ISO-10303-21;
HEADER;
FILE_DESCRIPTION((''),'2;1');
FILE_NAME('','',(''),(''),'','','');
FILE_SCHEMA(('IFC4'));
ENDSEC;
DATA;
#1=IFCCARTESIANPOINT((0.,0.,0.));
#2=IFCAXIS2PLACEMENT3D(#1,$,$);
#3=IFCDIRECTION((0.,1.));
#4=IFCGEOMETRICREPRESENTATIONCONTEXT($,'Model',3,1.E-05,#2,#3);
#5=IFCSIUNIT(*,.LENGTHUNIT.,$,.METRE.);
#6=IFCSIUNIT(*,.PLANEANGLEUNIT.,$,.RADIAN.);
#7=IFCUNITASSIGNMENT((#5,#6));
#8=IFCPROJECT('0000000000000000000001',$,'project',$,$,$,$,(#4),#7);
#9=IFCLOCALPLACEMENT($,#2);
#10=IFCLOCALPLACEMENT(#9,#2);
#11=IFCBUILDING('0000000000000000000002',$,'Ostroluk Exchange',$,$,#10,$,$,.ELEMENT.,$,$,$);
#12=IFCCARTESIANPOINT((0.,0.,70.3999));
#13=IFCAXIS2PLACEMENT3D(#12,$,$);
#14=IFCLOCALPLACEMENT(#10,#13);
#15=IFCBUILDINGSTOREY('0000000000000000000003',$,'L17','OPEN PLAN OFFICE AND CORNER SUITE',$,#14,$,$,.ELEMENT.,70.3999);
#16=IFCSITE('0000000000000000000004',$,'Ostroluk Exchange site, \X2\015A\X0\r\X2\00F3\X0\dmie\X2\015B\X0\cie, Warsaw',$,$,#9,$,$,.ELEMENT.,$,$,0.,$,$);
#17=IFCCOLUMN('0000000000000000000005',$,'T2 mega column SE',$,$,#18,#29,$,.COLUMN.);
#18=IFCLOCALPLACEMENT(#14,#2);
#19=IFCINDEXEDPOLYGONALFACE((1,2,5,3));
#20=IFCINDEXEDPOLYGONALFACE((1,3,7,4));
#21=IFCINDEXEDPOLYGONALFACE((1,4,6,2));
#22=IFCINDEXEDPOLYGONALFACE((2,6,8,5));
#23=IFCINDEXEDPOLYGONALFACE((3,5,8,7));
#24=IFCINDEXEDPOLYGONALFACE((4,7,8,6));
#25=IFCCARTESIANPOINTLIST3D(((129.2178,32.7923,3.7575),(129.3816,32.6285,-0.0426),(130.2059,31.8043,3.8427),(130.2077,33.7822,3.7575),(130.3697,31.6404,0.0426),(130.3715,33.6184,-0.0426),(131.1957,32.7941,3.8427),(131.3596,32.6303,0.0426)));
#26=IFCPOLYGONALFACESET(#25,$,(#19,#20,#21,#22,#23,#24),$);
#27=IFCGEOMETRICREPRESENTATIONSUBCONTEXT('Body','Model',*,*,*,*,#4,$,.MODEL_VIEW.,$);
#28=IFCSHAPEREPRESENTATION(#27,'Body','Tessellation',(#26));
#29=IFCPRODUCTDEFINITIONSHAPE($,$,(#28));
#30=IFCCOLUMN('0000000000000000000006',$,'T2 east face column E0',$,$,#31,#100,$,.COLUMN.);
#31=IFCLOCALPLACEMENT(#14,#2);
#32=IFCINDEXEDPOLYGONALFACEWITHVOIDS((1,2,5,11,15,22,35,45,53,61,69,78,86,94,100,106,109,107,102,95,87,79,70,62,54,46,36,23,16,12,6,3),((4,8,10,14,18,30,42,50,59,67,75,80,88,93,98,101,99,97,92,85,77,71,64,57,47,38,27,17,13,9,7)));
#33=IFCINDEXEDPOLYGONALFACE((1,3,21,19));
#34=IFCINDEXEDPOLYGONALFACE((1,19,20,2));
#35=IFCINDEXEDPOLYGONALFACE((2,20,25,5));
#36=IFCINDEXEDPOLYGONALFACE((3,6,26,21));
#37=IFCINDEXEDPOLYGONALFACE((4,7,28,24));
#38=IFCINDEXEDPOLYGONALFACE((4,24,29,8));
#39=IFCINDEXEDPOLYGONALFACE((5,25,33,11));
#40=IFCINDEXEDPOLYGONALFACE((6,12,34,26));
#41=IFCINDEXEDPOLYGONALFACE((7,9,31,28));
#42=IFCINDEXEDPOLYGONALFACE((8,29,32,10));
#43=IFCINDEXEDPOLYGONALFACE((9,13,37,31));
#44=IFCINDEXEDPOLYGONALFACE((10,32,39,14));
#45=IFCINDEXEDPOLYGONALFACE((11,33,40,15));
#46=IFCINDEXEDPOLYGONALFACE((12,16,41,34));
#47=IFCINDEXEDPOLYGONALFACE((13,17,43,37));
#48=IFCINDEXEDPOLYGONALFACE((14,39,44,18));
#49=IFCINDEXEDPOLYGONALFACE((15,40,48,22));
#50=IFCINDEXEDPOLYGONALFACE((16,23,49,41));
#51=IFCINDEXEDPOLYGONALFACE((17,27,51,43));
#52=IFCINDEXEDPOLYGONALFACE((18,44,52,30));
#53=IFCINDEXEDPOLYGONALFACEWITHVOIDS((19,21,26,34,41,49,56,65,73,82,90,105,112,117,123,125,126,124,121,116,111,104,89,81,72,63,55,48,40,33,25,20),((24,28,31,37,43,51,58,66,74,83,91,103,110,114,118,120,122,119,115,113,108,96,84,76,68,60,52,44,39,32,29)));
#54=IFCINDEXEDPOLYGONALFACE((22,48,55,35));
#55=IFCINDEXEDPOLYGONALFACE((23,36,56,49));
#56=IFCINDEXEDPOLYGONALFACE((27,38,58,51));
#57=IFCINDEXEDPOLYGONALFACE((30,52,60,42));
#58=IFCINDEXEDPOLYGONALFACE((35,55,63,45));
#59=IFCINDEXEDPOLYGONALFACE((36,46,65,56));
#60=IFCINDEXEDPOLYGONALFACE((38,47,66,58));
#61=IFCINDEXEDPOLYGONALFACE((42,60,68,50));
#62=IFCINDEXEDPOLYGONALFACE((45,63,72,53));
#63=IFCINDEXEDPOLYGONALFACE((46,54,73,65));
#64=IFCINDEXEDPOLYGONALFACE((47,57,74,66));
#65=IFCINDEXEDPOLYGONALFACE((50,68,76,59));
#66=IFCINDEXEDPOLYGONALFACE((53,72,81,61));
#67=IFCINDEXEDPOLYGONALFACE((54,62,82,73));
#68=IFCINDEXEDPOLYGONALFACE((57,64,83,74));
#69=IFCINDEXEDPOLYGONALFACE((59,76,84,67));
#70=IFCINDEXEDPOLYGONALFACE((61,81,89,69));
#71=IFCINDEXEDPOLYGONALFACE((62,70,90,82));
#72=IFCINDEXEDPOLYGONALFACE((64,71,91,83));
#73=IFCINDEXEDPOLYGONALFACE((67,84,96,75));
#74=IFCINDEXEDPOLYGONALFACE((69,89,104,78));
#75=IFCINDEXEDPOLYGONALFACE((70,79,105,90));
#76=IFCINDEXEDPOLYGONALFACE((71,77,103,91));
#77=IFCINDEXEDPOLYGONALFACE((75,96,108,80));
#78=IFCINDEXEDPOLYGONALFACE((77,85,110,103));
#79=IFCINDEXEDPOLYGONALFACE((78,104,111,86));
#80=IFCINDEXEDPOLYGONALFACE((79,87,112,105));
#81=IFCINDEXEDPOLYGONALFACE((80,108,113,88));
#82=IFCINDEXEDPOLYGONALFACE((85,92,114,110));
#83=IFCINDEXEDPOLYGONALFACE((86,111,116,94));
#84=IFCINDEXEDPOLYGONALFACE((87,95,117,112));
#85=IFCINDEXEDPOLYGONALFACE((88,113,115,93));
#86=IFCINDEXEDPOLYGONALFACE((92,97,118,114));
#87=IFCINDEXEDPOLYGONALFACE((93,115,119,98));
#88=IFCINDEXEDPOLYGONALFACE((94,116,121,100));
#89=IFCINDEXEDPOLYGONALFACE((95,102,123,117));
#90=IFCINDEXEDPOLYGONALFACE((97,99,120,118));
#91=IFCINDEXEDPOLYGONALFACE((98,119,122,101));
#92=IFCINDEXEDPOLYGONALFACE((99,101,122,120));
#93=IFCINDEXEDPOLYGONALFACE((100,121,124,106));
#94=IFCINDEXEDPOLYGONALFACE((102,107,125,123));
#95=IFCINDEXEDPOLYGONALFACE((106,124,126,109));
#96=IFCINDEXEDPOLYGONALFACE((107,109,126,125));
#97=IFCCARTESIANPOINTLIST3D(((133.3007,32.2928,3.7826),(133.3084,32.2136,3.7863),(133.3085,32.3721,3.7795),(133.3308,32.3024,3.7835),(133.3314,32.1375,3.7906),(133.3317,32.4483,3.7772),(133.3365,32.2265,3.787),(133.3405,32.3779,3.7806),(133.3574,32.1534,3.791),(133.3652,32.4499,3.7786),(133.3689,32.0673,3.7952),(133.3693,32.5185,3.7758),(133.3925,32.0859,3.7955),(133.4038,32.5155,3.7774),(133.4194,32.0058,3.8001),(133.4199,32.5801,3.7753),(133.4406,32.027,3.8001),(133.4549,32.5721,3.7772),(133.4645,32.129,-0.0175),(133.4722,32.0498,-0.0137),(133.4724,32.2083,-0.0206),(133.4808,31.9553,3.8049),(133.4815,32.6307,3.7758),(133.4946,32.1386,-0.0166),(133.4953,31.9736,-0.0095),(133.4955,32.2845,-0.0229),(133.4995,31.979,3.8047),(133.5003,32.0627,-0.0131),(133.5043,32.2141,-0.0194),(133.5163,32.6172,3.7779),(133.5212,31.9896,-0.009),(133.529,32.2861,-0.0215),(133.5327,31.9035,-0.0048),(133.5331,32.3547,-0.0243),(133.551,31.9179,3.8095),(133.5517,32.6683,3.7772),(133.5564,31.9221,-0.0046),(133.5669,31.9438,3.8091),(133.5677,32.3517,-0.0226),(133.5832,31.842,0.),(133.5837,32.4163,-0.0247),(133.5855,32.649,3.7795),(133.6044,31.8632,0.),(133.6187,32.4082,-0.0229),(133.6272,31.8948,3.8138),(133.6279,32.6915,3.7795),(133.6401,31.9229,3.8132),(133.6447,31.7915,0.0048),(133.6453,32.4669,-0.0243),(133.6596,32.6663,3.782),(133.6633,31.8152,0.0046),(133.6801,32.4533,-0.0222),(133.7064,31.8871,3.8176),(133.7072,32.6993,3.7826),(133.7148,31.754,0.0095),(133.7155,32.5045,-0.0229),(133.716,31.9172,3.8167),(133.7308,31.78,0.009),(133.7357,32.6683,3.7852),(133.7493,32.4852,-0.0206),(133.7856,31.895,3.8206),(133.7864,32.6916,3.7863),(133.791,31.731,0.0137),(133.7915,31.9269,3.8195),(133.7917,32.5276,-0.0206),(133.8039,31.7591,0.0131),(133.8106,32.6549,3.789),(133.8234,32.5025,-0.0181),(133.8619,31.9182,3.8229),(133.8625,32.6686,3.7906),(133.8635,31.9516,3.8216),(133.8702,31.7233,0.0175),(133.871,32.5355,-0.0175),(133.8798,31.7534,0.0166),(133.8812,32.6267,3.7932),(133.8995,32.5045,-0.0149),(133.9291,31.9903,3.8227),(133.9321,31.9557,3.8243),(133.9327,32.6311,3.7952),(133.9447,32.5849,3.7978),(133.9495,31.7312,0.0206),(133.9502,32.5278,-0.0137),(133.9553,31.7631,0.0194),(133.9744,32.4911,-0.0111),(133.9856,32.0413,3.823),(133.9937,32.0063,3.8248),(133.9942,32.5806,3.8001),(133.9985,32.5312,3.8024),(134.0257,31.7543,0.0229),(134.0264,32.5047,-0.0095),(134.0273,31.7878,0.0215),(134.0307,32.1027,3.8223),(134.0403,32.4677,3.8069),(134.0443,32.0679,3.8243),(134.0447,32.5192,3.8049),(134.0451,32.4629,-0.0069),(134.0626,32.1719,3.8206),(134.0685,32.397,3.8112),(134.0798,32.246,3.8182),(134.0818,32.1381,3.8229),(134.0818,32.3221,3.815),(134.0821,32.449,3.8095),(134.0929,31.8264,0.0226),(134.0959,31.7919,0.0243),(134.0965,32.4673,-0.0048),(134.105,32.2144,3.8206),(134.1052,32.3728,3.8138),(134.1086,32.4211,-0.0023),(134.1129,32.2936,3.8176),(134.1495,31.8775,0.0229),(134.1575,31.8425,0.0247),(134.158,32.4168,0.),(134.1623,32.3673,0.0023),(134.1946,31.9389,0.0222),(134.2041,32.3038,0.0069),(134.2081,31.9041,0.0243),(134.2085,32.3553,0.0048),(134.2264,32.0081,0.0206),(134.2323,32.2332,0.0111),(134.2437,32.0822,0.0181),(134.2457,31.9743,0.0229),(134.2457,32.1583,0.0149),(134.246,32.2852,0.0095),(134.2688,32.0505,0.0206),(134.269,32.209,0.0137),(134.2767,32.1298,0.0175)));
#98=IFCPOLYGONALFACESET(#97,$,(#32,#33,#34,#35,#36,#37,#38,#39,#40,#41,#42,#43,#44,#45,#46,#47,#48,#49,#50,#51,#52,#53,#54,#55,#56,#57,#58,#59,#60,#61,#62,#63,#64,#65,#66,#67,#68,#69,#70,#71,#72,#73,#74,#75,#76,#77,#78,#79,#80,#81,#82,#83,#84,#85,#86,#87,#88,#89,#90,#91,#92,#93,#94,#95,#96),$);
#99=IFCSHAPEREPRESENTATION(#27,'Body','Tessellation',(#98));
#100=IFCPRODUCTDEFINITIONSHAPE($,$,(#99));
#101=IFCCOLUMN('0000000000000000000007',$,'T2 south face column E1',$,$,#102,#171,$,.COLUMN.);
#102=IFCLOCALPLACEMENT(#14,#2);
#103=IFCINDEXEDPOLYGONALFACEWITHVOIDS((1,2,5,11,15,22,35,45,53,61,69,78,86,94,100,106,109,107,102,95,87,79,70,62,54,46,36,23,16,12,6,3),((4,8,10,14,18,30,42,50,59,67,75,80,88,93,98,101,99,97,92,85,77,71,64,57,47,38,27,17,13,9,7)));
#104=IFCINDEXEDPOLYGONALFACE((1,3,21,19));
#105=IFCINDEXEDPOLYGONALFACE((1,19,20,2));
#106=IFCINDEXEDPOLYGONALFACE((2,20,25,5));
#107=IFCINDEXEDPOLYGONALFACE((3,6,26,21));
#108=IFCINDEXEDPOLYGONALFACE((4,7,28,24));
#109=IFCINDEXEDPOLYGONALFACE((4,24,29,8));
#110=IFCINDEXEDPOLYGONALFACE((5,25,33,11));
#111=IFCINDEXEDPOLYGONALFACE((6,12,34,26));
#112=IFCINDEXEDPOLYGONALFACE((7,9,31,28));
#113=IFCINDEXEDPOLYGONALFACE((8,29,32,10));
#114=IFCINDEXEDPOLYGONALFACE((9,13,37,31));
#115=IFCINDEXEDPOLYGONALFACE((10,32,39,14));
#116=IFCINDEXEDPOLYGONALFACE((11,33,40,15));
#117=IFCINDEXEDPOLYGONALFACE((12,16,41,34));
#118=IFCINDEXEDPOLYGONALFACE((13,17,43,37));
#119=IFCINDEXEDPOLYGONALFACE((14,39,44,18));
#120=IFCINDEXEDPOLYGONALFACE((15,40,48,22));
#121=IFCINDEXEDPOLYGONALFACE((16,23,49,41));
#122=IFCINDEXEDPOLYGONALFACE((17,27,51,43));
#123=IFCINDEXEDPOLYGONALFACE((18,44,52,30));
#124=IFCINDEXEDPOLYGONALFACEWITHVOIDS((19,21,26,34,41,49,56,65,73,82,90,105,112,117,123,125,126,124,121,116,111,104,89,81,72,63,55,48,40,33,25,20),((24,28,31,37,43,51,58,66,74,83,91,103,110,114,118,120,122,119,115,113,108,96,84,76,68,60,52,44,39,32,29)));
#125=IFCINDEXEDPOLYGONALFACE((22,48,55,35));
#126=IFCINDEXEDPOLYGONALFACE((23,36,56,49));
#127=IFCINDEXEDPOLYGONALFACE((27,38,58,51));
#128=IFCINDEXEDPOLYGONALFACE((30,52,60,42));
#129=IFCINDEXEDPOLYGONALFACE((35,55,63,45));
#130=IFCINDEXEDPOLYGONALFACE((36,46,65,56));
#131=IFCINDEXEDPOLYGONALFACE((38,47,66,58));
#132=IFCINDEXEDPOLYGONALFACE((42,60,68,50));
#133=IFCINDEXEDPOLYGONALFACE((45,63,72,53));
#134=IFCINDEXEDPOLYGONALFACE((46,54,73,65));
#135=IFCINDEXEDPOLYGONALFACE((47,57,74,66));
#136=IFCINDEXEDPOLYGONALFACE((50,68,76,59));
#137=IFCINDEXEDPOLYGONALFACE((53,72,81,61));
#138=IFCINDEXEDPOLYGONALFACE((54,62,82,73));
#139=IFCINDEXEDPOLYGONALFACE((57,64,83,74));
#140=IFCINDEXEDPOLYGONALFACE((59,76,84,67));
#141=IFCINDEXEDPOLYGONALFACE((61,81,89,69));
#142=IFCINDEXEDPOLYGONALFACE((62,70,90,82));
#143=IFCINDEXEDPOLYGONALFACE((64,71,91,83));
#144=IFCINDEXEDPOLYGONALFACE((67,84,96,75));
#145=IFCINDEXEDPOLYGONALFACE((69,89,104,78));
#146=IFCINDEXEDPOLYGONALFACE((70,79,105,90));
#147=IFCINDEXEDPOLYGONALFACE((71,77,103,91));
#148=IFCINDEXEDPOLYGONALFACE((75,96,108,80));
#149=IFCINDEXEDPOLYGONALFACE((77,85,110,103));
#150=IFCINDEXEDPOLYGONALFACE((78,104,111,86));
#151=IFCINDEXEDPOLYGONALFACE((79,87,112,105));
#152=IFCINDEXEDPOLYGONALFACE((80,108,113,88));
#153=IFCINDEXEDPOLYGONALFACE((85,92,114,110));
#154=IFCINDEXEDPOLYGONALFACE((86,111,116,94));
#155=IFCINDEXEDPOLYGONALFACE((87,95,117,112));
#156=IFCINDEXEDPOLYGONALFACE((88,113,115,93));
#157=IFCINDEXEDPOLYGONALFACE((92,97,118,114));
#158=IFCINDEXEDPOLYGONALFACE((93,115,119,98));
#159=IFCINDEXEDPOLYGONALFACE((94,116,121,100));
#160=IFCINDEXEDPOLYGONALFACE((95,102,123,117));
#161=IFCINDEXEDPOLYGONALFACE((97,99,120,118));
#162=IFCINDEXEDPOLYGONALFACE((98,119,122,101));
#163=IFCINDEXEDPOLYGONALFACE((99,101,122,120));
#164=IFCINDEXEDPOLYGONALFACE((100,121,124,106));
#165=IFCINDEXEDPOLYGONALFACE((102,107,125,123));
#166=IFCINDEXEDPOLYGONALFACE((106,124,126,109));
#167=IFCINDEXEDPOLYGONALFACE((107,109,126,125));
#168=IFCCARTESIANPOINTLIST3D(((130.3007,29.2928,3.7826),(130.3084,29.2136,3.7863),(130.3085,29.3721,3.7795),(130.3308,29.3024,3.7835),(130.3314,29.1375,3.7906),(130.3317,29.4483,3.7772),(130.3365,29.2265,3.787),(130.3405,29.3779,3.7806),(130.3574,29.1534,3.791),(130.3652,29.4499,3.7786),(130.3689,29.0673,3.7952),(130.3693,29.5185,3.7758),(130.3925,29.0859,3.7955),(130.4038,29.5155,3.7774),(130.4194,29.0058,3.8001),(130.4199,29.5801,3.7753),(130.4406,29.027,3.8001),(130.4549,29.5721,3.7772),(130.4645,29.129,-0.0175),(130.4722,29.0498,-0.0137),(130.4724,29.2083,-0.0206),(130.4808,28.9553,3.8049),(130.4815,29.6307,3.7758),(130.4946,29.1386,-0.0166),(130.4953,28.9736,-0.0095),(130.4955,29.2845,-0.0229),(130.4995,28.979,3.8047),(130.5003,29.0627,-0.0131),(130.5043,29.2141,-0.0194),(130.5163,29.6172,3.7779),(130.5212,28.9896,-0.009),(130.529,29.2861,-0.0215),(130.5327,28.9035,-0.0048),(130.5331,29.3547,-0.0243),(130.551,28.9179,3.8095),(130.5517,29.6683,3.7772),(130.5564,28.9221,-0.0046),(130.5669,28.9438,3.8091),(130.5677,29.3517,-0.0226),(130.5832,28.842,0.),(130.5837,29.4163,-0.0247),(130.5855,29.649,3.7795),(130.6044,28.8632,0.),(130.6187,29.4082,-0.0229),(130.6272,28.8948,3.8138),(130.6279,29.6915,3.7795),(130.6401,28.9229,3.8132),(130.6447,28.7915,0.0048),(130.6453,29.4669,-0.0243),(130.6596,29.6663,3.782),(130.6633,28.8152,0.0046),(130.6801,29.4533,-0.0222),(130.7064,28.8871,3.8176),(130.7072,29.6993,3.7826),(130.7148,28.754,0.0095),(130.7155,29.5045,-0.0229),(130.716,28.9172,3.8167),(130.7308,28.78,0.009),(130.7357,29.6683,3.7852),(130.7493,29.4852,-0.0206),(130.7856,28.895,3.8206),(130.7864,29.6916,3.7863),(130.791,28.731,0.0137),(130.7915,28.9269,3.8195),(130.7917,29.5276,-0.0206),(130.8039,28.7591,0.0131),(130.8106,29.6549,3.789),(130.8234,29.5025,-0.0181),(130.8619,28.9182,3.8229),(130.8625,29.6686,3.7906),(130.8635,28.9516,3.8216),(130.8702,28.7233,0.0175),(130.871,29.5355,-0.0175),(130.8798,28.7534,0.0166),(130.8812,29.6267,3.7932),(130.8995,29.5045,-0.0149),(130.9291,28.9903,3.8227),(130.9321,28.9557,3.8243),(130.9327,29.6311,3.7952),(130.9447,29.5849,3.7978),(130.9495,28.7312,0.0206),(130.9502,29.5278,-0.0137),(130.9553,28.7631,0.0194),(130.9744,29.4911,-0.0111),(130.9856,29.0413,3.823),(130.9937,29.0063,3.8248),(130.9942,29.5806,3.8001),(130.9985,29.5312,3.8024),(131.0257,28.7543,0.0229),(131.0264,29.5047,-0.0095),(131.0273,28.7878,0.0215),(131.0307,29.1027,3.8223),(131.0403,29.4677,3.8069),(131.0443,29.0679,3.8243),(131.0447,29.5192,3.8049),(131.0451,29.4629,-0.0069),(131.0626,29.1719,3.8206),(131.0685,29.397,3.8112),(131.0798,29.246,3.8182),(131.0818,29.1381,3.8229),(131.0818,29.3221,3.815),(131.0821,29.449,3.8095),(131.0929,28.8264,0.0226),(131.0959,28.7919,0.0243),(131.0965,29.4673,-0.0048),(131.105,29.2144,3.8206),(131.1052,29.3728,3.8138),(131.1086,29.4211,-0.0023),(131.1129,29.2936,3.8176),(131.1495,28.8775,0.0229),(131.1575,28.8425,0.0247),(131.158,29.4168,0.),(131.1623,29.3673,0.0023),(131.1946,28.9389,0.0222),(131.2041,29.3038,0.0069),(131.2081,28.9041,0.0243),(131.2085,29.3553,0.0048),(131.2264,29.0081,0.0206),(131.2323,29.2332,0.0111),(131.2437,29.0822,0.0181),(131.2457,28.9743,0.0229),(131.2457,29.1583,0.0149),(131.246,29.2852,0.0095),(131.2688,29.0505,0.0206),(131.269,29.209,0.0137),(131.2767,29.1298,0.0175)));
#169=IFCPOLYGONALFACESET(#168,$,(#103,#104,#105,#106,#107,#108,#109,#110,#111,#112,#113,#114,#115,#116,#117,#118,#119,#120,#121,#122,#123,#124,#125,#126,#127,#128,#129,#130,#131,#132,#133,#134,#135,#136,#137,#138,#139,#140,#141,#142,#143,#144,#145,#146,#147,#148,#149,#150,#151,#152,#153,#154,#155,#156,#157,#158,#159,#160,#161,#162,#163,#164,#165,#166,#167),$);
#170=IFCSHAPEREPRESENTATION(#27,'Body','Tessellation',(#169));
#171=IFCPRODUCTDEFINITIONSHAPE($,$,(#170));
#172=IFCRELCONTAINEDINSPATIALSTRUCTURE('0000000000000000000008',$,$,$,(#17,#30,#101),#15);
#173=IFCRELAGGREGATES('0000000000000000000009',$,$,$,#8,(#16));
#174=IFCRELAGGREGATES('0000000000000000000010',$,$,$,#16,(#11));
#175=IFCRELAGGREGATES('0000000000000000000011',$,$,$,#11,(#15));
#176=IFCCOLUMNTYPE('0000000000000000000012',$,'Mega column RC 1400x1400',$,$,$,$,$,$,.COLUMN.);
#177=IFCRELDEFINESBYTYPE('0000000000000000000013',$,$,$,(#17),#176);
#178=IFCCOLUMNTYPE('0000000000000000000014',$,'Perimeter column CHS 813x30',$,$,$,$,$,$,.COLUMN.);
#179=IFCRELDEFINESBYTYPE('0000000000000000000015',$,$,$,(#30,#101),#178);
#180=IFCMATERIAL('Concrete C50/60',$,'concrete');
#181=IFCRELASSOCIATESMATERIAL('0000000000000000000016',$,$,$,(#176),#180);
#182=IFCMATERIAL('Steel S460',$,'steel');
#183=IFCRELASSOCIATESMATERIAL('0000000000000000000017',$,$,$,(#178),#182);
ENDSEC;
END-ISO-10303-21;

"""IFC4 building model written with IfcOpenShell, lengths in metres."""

from ifc_helpers import new_model, si_unit, direction, frame, origin, origin_2d, place, context, subcontext, project, spatial, rectangle, hollow_circle, extrude, material, material_profile, profile_set, type_object, element, save


model = new_model("IFC4")

# Units and contexts
model_context = context("Model", 3, precision=1e-05, world=origin(), true_north=direction((0.0, 1.0)))
body_context = subcontext(model_context, "Body", "Model", "MODEL_VIEW")
ifc_project = project(units=[si_unit("LENGTHUNIT", "METRE"), si_unit("PLANEANGLEUNIT", "RADIAN")], contexts=[model_context])

# Site, building, storey
site_placement = place(None, origin())
site = spatial("IfcSite", under=ifc_project, at=site_placement, Name="Ostroluk Exchange site, Śródmieście, Warsaw", CompositionType="ELEMENT", RefElevation=0.0)
building_placement = place(site_placement, origin())
building = spatial("IfcBuilding", under=site, at=building_placement, Name="Ostroluk Exchange", CompositionType="ELEMENT")
storey_placement = place(building_placement, frame((0.0, 0.0, 70.3999)))
storey = spatial("IfcBuildingStorey", under=building, at=storey_placement, Name="L17", Description="OPEN PLAN OFFICE AND CORNER SUITE", CompositionType="ELEMENT", Elevation=70.3999)

# Columns
ifc_material_1 = material(Name="Concrete C50/60", Category="concrete")
ifc_material_profile_1 = material_profile(ifc_material_1, rectangle(XDim=1.3999, YDim=1.3999, at=origin_2d()), Name="RC 1400x1400")
ifc_profile_set_1 = profile_set([ifc_material_profile_1], Name="Concrete C50/60")
column_type_1 = type_object("IfcColumnType", Name="Mega column RC 1400x1400", PredefinedType="COLUMN", material=ifc_profile_set_1)
column_placement = place(storey_placement, frame((130.3706, 32.6294, 0.0), z_axis=(-0.04303, 0.04303, 0.998147), x_axis=(-0.707107, -0.707107, 0.0)))
element("IfcColumn", 1, at=column_placement, inside=storey, type_object=column_type_1, Name="T2 mega column SE", PredefinedType="COLUMN", context=body_context, shape_type="SweptSolid", body=[
    extrude(rectangle(XDim=1.3999, YDim=1.3999, at=origin_2d()), origin(), (0.0, 0.0, 1.0), 3.8071),
])
ifc_material_2 = material(Name="Steel S460", Category="steel")
ifc_material_profile_2 = material_profile(ifc_material_2, hollow_circle(Radius=0.4065, WallThickness=0.03, at=origin_2d()), Name="CHS 813x30")
ifc_profile_set_2 = profile_set([ifc_material_profile_2], Name="Steel S460")
column_type_2 = type_object("IfcColumnType", Name="Perimeter column CHS 813x30", PredefinedType="COLUMN", material=ifc_profile_set_2)
for number, where, z_axis, x_axis, name in (
    (2, (133.8706, 32.1294, 0.0), (-0.04303, 0.04303, 0.998147), (-0.707107, -0.707107, 0.0), "T2 east face column E0"),
    (3, (130.8706, 29.1294, 0.0), (-0.04303, 0.04303, 0.998147), (-0.707107, -0.707107, 0.0), "T2 south face column E1"),
):
    element("IfcColumn", number, at=place(storey_placement, frame(where, z_axis=z_axis, x_axis=x_axis)), inside=storey, type_object=column_type_2, Name=name, PredefinedType="COLUMN", context=body_context, shape_type="SweptSolid", body=[
        extrude(hollow_circle(Radius=0.4065, WallThickness=0.03, at=origin_2d()), origin(), (0.0, 0.0, 1.0), 3.8071),
    ])

save(model, "model.ifc")
